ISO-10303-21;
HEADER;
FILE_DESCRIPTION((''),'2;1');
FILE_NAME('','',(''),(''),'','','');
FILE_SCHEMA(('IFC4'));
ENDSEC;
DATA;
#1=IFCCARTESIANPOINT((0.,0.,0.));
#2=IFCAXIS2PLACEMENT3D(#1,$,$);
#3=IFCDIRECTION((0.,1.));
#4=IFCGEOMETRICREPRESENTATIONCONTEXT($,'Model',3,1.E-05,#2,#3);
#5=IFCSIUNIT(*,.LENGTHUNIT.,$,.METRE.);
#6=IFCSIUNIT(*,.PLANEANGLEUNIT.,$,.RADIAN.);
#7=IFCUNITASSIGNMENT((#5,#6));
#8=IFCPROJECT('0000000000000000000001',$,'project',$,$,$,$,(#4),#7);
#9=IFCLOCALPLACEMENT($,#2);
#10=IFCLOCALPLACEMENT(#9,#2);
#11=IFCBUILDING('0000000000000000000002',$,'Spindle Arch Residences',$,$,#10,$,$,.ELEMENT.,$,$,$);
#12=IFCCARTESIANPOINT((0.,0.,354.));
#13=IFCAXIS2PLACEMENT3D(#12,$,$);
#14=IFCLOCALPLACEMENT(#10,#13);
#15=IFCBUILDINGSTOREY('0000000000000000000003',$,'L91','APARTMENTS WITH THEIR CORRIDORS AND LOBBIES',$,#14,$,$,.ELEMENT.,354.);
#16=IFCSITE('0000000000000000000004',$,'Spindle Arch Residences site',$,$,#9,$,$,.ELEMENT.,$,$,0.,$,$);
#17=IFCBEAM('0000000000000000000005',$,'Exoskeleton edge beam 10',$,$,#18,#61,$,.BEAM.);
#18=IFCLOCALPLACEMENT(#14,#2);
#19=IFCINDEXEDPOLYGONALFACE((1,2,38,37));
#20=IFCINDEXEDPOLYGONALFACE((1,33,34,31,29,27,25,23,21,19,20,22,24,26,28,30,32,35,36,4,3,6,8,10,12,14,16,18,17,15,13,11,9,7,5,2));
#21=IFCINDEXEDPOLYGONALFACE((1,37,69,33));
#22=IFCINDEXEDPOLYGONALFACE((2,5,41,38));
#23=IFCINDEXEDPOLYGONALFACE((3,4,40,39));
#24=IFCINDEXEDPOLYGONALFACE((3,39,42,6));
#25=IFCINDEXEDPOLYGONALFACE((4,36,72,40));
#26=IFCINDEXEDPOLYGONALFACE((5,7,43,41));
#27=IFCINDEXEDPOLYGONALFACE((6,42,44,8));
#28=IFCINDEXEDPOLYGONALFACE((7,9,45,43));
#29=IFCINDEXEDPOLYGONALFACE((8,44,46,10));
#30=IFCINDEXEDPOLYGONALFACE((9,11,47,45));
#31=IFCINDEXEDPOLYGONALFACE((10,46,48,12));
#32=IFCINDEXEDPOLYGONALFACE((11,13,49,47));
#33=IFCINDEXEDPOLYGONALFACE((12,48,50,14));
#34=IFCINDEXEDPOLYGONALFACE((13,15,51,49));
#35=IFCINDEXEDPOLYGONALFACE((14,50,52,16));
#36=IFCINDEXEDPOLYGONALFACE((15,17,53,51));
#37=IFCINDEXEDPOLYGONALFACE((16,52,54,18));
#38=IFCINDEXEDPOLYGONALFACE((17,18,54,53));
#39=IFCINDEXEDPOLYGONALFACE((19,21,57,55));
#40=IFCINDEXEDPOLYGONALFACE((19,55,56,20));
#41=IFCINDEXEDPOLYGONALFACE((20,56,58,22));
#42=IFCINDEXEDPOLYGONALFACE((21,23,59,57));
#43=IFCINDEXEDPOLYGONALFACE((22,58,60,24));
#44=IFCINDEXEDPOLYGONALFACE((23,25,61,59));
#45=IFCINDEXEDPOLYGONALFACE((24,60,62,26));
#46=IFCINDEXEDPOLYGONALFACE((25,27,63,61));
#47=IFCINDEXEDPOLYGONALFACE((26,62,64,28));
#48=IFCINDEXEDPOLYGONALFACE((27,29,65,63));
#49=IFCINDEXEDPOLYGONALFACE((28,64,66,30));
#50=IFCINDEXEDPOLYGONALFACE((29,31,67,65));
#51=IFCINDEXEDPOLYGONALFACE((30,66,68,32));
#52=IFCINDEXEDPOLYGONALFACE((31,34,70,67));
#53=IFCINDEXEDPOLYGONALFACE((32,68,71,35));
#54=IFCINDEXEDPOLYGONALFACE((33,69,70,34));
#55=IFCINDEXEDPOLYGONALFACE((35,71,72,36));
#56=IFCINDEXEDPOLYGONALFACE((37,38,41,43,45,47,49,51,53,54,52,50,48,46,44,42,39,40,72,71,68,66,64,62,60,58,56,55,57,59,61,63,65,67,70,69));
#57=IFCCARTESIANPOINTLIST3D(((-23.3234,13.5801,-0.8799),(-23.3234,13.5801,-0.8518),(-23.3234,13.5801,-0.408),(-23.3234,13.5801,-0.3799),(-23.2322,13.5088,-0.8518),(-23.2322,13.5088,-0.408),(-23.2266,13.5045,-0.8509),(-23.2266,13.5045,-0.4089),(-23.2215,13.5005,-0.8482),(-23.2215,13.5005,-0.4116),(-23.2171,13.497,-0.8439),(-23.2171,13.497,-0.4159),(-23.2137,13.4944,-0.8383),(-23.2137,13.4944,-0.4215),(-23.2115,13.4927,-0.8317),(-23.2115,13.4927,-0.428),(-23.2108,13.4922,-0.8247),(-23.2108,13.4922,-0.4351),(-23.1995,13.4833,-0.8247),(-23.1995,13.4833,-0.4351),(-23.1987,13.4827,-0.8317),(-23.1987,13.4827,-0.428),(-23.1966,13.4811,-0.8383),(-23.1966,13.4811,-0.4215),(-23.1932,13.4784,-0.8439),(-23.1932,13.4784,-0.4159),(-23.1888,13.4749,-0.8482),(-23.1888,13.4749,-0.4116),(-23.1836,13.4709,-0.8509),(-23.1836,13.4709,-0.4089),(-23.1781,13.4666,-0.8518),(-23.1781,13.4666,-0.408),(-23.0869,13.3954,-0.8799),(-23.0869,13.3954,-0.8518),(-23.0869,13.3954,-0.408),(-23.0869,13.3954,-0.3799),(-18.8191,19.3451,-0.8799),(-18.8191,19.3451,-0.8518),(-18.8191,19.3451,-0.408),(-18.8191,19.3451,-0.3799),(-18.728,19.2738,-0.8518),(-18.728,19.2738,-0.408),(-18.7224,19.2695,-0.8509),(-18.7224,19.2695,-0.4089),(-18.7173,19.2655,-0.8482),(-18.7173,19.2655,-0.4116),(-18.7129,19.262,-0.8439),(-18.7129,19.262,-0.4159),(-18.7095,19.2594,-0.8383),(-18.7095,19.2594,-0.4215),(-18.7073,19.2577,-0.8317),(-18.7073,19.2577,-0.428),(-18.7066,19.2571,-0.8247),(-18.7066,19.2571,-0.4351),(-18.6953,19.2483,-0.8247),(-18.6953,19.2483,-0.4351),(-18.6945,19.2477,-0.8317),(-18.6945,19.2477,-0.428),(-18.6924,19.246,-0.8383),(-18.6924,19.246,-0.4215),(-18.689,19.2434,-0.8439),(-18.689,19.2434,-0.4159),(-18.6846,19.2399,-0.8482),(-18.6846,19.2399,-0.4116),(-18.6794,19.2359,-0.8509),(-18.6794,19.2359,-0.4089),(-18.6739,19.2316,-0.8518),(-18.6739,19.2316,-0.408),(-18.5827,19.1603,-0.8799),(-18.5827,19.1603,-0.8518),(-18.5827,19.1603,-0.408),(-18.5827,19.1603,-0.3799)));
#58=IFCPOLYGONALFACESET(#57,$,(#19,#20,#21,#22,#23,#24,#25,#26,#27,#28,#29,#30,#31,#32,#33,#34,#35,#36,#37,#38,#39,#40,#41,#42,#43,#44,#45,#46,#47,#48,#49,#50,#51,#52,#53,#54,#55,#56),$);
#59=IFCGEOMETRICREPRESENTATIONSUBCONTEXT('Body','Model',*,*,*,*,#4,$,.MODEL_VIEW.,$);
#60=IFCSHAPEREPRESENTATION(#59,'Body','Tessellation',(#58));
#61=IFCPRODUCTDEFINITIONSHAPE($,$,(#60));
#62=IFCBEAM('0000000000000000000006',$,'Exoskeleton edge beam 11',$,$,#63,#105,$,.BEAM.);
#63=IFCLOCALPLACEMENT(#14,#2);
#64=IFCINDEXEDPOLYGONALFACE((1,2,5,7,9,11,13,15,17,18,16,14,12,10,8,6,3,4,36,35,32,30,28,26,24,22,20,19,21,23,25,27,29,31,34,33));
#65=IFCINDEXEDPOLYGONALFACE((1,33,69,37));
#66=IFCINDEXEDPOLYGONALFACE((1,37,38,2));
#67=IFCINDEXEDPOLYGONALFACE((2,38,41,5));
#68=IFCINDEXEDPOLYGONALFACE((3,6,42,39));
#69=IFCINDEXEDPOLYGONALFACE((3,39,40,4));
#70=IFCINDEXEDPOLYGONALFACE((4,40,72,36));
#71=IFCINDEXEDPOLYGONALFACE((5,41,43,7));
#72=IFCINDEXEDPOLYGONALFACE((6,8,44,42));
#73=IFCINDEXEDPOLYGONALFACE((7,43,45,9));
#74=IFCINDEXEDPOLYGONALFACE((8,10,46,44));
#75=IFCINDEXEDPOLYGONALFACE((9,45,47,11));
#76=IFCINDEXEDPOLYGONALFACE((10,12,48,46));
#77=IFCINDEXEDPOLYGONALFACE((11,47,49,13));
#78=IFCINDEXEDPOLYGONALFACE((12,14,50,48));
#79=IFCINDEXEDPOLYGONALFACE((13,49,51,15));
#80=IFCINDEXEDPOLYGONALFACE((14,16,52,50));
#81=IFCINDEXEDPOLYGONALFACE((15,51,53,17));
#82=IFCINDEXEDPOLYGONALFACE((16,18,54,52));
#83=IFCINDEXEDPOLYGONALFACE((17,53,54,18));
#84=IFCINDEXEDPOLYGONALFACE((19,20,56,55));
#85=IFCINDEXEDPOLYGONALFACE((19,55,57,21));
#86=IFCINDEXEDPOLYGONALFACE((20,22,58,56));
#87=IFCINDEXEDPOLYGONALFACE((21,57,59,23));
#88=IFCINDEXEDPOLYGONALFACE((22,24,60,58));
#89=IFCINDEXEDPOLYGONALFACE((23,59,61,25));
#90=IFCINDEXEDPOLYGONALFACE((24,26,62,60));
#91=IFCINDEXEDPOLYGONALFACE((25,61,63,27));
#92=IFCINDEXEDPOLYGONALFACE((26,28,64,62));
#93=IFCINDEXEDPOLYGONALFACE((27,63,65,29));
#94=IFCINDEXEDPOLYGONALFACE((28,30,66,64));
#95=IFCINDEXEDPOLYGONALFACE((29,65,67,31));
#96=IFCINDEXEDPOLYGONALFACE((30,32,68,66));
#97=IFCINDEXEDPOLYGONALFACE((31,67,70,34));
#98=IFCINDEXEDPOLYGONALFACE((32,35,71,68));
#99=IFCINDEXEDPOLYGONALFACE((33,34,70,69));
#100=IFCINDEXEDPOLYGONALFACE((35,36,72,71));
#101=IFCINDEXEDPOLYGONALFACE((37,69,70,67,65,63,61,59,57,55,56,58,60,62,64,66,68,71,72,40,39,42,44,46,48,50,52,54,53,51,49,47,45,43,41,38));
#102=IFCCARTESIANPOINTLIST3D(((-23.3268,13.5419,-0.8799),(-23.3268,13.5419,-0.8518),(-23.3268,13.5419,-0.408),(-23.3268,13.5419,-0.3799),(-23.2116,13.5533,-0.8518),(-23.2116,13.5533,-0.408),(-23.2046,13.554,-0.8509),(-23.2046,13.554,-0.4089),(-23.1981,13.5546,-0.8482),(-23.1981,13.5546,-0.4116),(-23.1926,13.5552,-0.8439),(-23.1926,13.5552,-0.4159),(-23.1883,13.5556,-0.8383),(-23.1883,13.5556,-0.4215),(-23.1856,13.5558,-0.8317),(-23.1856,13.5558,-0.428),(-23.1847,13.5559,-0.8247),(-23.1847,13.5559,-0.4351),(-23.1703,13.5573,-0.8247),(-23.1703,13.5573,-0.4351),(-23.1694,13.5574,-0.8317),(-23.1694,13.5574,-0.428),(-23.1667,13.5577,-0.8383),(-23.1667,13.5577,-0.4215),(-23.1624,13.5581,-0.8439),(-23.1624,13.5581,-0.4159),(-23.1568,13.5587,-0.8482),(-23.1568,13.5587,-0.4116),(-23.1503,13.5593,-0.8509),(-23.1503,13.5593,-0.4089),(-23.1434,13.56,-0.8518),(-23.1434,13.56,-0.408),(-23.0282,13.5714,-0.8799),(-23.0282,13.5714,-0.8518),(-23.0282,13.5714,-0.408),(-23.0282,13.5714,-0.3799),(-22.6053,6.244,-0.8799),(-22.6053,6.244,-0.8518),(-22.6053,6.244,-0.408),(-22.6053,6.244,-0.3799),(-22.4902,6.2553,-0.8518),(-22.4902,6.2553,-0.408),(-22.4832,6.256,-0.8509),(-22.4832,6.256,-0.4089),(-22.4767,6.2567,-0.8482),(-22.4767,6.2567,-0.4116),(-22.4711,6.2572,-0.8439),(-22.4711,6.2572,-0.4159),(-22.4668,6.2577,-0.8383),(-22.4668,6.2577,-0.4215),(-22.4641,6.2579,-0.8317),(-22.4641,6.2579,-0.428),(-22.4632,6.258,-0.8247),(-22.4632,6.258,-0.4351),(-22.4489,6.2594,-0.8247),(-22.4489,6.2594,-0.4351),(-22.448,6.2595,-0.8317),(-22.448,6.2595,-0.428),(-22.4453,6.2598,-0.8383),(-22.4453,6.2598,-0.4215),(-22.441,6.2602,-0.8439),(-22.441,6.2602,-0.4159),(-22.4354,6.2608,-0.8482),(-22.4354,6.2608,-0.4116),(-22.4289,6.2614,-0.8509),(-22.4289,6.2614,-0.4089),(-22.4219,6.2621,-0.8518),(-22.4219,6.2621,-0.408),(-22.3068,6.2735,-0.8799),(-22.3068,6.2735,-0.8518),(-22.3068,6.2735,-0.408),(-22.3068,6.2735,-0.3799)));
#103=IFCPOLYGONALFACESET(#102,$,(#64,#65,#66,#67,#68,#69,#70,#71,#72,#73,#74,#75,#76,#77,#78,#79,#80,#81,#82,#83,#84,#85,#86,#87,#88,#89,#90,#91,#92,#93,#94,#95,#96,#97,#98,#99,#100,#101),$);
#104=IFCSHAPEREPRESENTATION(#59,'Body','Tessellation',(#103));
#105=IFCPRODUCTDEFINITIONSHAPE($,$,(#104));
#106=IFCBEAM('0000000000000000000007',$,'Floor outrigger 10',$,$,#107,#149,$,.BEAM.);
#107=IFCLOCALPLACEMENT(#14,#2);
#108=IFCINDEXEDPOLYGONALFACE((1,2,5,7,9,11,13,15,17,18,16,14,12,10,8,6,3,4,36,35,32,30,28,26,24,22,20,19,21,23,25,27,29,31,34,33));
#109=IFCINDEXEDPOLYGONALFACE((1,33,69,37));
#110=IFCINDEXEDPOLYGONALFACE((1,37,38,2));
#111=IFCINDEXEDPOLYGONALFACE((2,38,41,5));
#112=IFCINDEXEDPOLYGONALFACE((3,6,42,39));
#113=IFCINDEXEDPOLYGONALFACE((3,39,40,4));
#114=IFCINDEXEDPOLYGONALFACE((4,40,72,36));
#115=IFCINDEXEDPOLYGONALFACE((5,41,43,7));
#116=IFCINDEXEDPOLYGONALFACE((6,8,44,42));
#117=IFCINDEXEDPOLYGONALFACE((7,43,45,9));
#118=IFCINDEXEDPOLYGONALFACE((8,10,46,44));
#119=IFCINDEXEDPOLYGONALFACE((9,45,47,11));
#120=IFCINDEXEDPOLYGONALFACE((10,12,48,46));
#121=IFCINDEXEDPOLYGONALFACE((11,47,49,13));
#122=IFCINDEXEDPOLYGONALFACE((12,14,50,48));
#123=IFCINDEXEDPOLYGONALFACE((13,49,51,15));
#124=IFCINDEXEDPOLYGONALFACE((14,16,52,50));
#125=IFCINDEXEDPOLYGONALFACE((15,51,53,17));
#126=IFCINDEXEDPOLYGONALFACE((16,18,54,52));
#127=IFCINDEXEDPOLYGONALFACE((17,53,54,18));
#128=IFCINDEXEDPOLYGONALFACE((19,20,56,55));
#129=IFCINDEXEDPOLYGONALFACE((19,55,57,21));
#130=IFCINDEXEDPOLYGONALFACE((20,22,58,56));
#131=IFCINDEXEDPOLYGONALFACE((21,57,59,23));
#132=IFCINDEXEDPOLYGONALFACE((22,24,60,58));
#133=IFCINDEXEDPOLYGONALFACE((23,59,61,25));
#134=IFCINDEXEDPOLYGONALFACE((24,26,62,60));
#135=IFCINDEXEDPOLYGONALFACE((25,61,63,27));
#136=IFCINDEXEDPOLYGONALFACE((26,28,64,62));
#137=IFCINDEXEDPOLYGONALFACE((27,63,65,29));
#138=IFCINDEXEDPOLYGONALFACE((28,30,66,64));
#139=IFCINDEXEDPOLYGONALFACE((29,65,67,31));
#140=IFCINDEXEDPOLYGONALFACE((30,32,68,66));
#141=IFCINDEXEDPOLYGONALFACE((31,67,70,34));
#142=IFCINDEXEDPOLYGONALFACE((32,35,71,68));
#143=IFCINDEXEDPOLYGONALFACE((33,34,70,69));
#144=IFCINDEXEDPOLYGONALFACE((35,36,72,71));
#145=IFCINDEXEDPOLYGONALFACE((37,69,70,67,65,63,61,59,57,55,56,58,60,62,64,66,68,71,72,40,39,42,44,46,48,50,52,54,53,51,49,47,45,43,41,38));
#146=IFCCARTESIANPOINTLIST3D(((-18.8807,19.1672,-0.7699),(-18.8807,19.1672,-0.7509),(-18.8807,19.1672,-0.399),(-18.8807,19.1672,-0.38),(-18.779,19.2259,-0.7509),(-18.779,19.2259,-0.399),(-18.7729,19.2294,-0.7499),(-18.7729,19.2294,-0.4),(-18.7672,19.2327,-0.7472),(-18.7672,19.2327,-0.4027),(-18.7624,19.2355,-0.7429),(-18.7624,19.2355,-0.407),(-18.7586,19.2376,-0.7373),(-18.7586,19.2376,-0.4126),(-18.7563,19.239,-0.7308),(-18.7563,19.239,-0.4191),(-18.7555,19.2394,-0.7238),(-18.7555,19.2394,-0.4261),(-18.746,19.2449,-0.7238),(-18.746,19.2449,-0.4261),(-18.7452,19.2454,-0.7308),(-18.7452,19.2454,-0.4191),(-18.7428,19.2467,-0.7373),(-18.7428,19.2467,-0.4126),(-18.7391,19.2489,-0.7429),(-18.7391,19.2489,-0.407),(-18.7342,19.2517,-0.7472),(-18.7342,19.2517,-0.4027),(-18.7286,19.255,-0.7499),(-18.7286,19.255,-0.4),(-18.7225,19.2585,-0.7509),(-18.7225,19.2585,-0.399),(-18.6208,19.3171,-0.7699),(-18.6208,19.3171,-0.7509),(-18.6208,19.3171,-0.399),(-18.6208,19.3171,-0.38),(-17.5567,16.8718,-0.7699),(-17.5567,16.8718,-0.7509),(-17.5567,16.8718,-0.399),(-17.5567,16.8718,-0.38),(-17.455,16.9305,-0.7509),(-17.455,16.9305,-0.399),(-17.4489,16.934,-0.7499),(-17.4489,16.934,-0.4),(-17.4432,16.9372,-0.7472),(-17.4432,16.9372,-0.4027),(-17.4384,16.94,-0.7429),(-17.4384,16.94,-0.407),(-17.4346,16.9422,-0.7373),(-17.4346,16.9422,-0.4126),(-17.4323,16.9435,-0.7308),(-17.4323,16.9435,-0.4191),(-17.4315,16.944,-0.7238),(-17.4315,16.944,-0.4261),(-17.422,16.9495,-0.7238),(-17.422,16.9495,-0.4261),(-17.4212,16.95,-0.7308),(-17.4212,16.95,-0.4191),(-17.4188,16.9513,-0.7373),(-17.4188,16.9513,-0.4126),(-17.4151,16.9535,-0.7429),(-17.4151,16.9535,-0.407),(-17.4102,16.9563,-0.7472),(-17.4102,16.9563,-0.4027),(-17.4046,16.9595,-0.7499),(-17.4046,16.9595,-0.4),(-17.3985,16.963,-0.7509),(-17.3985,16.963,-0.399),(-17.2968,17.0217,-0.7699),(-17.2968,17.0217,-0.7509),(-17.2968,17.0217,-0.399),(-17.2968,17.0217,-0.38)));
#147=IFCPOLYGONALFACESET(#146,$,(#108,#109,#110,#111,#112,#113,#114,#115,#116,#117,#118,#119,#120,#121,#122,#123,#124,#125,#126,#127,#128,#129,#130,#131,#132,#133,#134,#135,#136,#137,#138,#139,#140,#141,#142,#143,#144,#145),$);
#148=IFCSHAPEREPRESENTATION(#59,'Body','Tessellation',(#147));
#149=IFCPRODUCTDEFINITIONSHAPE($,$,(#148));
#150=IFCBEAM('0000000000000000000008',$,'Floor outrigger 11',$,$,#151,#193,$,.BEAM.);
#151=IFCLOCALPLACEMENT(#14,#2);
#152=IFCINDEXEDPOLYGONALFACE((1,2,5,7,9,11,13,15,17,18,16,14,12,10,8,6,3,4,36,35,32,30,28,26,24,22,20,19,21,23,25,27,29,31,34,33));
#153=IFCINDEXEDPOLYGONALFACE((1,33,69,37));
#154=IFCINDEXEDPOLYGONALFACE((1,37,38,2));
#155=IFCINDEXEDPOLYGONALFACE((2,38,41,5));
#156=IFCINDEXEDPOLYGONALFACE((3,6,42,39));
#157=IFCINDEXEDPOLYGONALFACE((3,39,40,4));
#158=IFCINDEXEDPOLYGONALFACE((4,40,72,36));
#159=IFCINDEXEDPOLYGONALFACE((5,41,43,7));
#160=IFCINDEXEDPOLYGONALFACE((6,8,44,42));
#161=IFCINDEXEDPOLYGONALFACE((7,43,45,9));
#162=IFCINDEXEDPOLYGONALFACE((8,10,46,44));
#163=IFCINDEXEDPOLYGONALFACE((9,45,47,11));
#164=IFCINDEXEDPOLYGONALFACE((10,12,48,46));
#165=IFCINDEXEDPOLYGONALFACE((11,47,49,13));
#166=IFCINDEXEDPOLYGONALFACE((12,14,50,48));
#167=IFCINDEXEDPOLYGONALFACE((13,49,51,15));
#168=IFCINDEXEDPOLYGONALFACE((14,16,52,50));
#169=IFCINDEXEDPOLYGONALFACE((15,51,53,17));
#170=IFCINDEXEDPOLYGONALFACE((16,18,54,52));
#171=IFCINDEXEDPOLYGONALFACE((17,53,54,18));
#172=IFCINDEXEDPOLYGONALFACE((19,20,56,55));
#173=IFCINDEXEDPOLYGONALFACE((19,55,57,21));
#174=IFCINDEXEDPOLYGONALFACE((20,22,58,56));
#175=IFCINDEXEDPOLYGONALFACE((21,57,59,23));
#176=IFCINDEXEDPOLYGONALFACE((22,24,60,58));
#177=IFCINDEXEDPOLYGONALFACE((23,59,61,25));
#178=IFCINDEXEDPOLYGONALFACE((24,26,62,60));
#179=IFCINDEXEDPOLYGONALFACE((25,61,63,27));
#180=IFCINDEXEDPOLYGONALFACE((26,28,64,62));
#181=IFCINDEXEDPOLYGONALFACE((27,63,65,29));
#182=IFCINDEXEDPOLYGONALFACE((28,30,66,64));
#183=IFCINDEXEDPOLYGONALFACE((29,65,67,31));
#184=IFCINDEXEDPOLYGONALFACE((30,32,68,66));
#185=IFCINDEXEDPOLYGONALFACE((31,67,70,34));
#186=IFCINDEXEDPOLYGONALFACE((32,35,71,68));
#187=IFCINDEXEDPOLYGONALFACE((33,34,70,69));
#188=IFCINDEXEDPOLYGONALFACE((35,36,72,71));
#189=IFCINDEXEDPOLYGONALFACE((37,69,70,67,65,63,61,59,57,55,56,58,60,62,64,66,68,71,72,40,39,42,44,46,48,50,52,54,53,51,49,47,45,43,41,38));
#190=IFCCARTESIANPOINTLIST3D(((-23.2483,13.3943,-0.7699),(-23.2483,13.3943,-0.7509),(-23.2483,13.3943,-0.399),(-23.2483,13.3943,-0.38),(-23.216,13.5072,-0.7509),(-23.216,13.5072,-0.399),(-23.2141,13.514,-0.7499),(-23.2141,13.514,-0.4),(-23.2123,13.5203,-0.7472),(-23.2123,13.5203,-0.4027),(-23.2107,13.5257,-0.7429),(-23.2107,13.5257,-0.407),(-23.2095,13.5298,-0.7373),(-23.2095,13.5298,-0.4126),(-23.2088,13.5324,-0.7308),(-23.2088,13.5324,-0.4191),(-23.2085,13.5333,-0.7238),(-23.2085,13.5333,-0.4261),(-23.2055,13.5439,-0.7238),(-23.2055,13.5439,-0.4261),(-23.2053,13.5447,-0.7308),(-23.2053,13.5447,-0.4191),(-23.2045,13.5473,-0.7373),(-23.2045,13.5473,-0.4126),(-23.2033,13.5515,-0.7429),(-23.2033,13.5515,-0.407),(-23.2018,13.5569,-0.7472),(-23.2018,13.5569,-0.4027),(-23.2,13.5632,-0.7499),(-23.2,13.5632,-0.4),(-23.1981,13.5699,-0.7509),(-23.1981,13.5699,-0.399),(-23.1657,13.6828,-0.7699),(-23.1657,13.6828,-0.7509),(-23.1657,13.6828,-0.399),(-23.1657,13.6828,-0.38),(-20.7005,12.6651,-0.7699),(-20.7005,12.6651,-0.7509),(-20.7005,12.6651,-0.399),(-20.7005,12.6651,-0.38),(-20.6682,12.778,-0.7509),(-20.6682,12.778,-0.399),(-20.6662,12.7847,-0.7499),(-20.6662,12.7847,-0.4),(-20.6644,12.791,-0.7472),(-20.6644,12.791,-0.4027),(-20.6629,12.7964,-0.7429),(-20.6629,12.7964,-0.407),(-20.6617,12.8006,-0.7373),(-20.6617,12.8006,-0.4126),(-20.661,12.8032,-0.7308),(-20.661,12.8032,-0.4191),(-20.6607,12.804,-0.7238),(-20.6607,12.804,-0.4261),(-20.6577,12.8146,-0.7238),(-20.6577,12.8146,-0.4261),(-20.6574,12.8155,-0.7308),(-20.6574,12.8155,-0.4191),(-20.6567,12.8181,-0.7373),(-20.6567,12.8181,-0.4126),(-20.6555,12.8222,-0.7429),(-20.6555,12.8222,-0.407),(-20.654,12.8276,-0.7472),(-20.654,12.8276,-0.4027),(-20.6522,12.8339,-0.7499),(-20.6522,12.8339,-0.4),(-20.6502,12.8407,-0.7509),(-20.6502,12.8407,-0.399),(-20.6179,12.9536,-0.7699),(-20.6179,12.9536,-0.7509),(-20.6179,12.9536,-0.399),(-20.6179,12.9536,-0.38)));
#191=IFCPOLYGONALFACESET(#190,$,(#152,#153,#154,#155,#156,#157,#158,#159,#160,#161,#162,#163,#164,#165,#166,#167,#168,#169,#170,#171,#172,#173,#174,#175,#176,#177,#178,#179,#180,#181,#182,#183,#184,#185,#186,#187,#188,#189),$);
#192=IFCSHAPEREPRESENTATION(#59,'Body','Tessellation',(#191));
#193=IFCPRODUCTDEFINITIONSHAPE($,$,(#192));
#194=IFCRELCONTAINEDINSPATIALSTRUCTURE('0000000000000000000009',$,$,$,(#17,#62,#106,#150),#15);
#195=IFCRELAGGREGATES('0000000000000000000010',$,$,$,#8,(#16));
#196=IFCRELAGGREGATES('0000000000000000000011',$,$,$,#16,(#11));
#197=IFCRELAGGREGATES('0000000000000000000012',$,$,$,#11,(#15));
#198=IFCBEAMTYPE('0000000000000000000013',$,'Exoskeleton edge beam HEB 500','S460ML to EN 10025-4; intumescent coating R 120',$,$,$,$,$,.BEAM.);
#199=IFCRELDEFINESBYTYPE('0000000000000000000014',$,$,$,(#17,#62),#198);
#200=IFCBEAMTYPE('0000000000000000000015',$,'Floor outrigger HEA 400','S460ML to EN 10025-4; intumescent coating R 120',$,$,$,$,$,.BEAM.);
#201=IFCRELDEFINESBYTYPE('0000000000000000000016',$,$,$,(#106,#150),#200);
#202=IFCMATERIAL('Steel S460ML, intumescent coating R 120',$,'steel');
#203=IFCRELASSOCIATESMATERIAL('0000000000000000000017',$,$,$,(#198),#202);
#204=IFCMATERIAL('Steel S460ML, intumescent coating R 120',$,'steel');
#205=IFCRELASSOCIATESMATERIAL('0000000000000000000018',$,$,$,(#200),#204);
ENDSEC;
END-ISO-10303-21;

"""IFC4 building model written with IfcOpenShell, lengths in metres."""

from ifc_helpers import new_model, si_unit, direction, frame, origin, origin_2d, place, context, subcontext, project, spatial, i_section, extrude, material, material_profile, profile_set, type_object, element, save


model = new_model("IFC4")

# Units and contexts
model_context = context("Model", 3, precision=1e-05, world=origin(), true_north=direction((0.0, 1.0)))
body_context = subcontext(model_context, "Body", "Model", "MODEL_VIEW")
ifc_project = project(units=[si_unit("LENGTHUNIT", "METRE"), si_unit("PLANEANGLEUNIT", "RADIAN")], contexts=[model_context])

# Site, building, storey
site_placement = place(None, origin())
site = spatial("IfcSite", under=ifc_project, at=site_placement, Name="Spindle Arch Residences site", CompositionType="ELEMENT", RefElevation=0.0)
building_placement = place(site_placement, origin())
building = spatial("IfcBuilding", under=site, at=building_placement, Name="Spindle Arch Residences", CompositionType="ELEMENT")
storey_placement = place(building_placement, frame((0.0, 0.0, 354.0)))
storey = spatial("IfcBuildingStorey", under=building, at=storey_placement, Name="L91", Description="APARTMENTS WITH THEIR CORRIDORS AND LOBBIES", CompositionType="ELEMENT", Elevation=354.0)

# Beams
ifc_material_1 = material(Name="Steel S460ML, intumescent coating R 120", Category="steel")
ifc_material_profile_1 = material_profile(ifc_material_1, i_section(OverallWidth=0.3, OverallDepth=0.5, WebThickness=0.0144, FlangeThickness=0.0281, FilletRadius=0.0271, at=origin_2d()), Name="HEB 500")
ifc_profile_set_1 = profile_set([ifc_material_profile_1], Name="Steel S460ML, intumescent coating R 120")
beam_type_1 = type_object("IfcBeamType", Name="Exoskeleton edge beam HEB 500", Description="S460ML to EN 10025-4; intumescent coating R 120", PredefinedType="BEAM", material=ifc_profile_set_1)
beam_1_placement = place(storey_placement, frame((-18.7009, 19.2527, -0.6299), z_axis=(-0.615672, -0.788003, 0.0), x_axis=(0.788003, -0.615672, 0.0)))
element("IfcBeam", 1, at=beam_1_placement, inside=storey, type_object=beam_type_1, Name="Exoskeleton edge beam 10", PredefinedType="BEAM", context=body_context, shape_type="SweptSolid", body=[
    extrude(i_section(OverallWidth=0.3, OverallDepth=0.5, WebThickness=0.0144, FlangeThickness=0.0281, FilletRadius=0.0271, at=origin_2d()), origin(), (0.0, 0.0, 1.0), 7.3159),
])
beam_2_placement = place(storey_placement, frame((-23.1775, 13.5566, -0.6299), z_axis=(0.098376, -0.995149, 0.0), x_axis=(0.995149, 0.098376, 0.0)))
element("IfcBeam", 2, at=beam_2_placement, inside=storey, type_object=beam_type_1, Name="Exoskeleton edge beam 11", PredefinedType="BEAM", context=body_context, shape_type="SweptSolid", body=[
    extrude(i_section(OverallWidth=0.3, OverallDepth=0.5, WebThickness=0.0144, FlangeThickness=0.0281, FilletRadius=0.0271, at=origin_2d()), origin(), (0.0, 0.0, 1.0), 7.3335),
])
ifc_material_2 = material(Name="Steel S460ML, intumescent coating R 120", Category="steel")
ifc_material_profile_2 = material_profile(ifc_material_2, i_section(OverallWidth=0.3, OverallDepth=0.3899, WebThickness=0.011, FlangeThickness=0.019, FilletRadius=0.0271, at=origin_2d()), Name="HEA 400")
ifc_profile_set_2 = profile_set([ifc_material_profile_2], Name="Steel S460ML, intumescent coating R 120")
beam_type_2 = type_object("IfcBeamType", Name="Floor outrigger HEA 400", Description="S460ML to EN 10025-4; intumescent coating R 120", PredefinedType="BEAM", material=ifc_profile_set_2)
beam_3_placement = place(storey_placement, frame((-18.7507, 19.2422, -0.575), z_axis=(0.499637, -0.866235, 0.0), x_axis=(0.866235, 0.499637, 0.0)))
element("IfcBeam", 3, at=beam_3_placement, inside=storey, type_object=beam_type_2, Name="Floor outrigger 10", PredefinedType="BEAM", context=body_context, shape_type="SweptSolid", body=[
    extrude(i_section(OverallWidth=0.3, OverallDepth=0.3899, WebThickness=0.011, FlangeThickness=0.019, FilletRadius=0.0271, at=origin_2d()), origin(), (0.0, 0.0, 1.0), 2.6499),
])
beam_4_placement = place(storey_placement, frame((-23.207, 13.5386, -0.575), z_axis=(0.961395, -0.275171, 0.0), x_axis=(0.275171, 0.961395, 0.0)))
element("IfcBeam", 4, at=beam_4_placement, inside=storey, type_object=beam_type_2, Name="Floor outrigger 11", PredefinedType="BEAM", context=body_context, shape_type="SweptSolid", body=[
    extrude(i_section(OverallWidth=0.3, OverallDepth=0.3899, WebThickness=0.011, FlangeThickness=0.019, FilletRadius=0.0271, at=origin_2d()), origin(), (0.0, 0.0, 1.0), 2.6501),
])

save(model, "model.ifc")
